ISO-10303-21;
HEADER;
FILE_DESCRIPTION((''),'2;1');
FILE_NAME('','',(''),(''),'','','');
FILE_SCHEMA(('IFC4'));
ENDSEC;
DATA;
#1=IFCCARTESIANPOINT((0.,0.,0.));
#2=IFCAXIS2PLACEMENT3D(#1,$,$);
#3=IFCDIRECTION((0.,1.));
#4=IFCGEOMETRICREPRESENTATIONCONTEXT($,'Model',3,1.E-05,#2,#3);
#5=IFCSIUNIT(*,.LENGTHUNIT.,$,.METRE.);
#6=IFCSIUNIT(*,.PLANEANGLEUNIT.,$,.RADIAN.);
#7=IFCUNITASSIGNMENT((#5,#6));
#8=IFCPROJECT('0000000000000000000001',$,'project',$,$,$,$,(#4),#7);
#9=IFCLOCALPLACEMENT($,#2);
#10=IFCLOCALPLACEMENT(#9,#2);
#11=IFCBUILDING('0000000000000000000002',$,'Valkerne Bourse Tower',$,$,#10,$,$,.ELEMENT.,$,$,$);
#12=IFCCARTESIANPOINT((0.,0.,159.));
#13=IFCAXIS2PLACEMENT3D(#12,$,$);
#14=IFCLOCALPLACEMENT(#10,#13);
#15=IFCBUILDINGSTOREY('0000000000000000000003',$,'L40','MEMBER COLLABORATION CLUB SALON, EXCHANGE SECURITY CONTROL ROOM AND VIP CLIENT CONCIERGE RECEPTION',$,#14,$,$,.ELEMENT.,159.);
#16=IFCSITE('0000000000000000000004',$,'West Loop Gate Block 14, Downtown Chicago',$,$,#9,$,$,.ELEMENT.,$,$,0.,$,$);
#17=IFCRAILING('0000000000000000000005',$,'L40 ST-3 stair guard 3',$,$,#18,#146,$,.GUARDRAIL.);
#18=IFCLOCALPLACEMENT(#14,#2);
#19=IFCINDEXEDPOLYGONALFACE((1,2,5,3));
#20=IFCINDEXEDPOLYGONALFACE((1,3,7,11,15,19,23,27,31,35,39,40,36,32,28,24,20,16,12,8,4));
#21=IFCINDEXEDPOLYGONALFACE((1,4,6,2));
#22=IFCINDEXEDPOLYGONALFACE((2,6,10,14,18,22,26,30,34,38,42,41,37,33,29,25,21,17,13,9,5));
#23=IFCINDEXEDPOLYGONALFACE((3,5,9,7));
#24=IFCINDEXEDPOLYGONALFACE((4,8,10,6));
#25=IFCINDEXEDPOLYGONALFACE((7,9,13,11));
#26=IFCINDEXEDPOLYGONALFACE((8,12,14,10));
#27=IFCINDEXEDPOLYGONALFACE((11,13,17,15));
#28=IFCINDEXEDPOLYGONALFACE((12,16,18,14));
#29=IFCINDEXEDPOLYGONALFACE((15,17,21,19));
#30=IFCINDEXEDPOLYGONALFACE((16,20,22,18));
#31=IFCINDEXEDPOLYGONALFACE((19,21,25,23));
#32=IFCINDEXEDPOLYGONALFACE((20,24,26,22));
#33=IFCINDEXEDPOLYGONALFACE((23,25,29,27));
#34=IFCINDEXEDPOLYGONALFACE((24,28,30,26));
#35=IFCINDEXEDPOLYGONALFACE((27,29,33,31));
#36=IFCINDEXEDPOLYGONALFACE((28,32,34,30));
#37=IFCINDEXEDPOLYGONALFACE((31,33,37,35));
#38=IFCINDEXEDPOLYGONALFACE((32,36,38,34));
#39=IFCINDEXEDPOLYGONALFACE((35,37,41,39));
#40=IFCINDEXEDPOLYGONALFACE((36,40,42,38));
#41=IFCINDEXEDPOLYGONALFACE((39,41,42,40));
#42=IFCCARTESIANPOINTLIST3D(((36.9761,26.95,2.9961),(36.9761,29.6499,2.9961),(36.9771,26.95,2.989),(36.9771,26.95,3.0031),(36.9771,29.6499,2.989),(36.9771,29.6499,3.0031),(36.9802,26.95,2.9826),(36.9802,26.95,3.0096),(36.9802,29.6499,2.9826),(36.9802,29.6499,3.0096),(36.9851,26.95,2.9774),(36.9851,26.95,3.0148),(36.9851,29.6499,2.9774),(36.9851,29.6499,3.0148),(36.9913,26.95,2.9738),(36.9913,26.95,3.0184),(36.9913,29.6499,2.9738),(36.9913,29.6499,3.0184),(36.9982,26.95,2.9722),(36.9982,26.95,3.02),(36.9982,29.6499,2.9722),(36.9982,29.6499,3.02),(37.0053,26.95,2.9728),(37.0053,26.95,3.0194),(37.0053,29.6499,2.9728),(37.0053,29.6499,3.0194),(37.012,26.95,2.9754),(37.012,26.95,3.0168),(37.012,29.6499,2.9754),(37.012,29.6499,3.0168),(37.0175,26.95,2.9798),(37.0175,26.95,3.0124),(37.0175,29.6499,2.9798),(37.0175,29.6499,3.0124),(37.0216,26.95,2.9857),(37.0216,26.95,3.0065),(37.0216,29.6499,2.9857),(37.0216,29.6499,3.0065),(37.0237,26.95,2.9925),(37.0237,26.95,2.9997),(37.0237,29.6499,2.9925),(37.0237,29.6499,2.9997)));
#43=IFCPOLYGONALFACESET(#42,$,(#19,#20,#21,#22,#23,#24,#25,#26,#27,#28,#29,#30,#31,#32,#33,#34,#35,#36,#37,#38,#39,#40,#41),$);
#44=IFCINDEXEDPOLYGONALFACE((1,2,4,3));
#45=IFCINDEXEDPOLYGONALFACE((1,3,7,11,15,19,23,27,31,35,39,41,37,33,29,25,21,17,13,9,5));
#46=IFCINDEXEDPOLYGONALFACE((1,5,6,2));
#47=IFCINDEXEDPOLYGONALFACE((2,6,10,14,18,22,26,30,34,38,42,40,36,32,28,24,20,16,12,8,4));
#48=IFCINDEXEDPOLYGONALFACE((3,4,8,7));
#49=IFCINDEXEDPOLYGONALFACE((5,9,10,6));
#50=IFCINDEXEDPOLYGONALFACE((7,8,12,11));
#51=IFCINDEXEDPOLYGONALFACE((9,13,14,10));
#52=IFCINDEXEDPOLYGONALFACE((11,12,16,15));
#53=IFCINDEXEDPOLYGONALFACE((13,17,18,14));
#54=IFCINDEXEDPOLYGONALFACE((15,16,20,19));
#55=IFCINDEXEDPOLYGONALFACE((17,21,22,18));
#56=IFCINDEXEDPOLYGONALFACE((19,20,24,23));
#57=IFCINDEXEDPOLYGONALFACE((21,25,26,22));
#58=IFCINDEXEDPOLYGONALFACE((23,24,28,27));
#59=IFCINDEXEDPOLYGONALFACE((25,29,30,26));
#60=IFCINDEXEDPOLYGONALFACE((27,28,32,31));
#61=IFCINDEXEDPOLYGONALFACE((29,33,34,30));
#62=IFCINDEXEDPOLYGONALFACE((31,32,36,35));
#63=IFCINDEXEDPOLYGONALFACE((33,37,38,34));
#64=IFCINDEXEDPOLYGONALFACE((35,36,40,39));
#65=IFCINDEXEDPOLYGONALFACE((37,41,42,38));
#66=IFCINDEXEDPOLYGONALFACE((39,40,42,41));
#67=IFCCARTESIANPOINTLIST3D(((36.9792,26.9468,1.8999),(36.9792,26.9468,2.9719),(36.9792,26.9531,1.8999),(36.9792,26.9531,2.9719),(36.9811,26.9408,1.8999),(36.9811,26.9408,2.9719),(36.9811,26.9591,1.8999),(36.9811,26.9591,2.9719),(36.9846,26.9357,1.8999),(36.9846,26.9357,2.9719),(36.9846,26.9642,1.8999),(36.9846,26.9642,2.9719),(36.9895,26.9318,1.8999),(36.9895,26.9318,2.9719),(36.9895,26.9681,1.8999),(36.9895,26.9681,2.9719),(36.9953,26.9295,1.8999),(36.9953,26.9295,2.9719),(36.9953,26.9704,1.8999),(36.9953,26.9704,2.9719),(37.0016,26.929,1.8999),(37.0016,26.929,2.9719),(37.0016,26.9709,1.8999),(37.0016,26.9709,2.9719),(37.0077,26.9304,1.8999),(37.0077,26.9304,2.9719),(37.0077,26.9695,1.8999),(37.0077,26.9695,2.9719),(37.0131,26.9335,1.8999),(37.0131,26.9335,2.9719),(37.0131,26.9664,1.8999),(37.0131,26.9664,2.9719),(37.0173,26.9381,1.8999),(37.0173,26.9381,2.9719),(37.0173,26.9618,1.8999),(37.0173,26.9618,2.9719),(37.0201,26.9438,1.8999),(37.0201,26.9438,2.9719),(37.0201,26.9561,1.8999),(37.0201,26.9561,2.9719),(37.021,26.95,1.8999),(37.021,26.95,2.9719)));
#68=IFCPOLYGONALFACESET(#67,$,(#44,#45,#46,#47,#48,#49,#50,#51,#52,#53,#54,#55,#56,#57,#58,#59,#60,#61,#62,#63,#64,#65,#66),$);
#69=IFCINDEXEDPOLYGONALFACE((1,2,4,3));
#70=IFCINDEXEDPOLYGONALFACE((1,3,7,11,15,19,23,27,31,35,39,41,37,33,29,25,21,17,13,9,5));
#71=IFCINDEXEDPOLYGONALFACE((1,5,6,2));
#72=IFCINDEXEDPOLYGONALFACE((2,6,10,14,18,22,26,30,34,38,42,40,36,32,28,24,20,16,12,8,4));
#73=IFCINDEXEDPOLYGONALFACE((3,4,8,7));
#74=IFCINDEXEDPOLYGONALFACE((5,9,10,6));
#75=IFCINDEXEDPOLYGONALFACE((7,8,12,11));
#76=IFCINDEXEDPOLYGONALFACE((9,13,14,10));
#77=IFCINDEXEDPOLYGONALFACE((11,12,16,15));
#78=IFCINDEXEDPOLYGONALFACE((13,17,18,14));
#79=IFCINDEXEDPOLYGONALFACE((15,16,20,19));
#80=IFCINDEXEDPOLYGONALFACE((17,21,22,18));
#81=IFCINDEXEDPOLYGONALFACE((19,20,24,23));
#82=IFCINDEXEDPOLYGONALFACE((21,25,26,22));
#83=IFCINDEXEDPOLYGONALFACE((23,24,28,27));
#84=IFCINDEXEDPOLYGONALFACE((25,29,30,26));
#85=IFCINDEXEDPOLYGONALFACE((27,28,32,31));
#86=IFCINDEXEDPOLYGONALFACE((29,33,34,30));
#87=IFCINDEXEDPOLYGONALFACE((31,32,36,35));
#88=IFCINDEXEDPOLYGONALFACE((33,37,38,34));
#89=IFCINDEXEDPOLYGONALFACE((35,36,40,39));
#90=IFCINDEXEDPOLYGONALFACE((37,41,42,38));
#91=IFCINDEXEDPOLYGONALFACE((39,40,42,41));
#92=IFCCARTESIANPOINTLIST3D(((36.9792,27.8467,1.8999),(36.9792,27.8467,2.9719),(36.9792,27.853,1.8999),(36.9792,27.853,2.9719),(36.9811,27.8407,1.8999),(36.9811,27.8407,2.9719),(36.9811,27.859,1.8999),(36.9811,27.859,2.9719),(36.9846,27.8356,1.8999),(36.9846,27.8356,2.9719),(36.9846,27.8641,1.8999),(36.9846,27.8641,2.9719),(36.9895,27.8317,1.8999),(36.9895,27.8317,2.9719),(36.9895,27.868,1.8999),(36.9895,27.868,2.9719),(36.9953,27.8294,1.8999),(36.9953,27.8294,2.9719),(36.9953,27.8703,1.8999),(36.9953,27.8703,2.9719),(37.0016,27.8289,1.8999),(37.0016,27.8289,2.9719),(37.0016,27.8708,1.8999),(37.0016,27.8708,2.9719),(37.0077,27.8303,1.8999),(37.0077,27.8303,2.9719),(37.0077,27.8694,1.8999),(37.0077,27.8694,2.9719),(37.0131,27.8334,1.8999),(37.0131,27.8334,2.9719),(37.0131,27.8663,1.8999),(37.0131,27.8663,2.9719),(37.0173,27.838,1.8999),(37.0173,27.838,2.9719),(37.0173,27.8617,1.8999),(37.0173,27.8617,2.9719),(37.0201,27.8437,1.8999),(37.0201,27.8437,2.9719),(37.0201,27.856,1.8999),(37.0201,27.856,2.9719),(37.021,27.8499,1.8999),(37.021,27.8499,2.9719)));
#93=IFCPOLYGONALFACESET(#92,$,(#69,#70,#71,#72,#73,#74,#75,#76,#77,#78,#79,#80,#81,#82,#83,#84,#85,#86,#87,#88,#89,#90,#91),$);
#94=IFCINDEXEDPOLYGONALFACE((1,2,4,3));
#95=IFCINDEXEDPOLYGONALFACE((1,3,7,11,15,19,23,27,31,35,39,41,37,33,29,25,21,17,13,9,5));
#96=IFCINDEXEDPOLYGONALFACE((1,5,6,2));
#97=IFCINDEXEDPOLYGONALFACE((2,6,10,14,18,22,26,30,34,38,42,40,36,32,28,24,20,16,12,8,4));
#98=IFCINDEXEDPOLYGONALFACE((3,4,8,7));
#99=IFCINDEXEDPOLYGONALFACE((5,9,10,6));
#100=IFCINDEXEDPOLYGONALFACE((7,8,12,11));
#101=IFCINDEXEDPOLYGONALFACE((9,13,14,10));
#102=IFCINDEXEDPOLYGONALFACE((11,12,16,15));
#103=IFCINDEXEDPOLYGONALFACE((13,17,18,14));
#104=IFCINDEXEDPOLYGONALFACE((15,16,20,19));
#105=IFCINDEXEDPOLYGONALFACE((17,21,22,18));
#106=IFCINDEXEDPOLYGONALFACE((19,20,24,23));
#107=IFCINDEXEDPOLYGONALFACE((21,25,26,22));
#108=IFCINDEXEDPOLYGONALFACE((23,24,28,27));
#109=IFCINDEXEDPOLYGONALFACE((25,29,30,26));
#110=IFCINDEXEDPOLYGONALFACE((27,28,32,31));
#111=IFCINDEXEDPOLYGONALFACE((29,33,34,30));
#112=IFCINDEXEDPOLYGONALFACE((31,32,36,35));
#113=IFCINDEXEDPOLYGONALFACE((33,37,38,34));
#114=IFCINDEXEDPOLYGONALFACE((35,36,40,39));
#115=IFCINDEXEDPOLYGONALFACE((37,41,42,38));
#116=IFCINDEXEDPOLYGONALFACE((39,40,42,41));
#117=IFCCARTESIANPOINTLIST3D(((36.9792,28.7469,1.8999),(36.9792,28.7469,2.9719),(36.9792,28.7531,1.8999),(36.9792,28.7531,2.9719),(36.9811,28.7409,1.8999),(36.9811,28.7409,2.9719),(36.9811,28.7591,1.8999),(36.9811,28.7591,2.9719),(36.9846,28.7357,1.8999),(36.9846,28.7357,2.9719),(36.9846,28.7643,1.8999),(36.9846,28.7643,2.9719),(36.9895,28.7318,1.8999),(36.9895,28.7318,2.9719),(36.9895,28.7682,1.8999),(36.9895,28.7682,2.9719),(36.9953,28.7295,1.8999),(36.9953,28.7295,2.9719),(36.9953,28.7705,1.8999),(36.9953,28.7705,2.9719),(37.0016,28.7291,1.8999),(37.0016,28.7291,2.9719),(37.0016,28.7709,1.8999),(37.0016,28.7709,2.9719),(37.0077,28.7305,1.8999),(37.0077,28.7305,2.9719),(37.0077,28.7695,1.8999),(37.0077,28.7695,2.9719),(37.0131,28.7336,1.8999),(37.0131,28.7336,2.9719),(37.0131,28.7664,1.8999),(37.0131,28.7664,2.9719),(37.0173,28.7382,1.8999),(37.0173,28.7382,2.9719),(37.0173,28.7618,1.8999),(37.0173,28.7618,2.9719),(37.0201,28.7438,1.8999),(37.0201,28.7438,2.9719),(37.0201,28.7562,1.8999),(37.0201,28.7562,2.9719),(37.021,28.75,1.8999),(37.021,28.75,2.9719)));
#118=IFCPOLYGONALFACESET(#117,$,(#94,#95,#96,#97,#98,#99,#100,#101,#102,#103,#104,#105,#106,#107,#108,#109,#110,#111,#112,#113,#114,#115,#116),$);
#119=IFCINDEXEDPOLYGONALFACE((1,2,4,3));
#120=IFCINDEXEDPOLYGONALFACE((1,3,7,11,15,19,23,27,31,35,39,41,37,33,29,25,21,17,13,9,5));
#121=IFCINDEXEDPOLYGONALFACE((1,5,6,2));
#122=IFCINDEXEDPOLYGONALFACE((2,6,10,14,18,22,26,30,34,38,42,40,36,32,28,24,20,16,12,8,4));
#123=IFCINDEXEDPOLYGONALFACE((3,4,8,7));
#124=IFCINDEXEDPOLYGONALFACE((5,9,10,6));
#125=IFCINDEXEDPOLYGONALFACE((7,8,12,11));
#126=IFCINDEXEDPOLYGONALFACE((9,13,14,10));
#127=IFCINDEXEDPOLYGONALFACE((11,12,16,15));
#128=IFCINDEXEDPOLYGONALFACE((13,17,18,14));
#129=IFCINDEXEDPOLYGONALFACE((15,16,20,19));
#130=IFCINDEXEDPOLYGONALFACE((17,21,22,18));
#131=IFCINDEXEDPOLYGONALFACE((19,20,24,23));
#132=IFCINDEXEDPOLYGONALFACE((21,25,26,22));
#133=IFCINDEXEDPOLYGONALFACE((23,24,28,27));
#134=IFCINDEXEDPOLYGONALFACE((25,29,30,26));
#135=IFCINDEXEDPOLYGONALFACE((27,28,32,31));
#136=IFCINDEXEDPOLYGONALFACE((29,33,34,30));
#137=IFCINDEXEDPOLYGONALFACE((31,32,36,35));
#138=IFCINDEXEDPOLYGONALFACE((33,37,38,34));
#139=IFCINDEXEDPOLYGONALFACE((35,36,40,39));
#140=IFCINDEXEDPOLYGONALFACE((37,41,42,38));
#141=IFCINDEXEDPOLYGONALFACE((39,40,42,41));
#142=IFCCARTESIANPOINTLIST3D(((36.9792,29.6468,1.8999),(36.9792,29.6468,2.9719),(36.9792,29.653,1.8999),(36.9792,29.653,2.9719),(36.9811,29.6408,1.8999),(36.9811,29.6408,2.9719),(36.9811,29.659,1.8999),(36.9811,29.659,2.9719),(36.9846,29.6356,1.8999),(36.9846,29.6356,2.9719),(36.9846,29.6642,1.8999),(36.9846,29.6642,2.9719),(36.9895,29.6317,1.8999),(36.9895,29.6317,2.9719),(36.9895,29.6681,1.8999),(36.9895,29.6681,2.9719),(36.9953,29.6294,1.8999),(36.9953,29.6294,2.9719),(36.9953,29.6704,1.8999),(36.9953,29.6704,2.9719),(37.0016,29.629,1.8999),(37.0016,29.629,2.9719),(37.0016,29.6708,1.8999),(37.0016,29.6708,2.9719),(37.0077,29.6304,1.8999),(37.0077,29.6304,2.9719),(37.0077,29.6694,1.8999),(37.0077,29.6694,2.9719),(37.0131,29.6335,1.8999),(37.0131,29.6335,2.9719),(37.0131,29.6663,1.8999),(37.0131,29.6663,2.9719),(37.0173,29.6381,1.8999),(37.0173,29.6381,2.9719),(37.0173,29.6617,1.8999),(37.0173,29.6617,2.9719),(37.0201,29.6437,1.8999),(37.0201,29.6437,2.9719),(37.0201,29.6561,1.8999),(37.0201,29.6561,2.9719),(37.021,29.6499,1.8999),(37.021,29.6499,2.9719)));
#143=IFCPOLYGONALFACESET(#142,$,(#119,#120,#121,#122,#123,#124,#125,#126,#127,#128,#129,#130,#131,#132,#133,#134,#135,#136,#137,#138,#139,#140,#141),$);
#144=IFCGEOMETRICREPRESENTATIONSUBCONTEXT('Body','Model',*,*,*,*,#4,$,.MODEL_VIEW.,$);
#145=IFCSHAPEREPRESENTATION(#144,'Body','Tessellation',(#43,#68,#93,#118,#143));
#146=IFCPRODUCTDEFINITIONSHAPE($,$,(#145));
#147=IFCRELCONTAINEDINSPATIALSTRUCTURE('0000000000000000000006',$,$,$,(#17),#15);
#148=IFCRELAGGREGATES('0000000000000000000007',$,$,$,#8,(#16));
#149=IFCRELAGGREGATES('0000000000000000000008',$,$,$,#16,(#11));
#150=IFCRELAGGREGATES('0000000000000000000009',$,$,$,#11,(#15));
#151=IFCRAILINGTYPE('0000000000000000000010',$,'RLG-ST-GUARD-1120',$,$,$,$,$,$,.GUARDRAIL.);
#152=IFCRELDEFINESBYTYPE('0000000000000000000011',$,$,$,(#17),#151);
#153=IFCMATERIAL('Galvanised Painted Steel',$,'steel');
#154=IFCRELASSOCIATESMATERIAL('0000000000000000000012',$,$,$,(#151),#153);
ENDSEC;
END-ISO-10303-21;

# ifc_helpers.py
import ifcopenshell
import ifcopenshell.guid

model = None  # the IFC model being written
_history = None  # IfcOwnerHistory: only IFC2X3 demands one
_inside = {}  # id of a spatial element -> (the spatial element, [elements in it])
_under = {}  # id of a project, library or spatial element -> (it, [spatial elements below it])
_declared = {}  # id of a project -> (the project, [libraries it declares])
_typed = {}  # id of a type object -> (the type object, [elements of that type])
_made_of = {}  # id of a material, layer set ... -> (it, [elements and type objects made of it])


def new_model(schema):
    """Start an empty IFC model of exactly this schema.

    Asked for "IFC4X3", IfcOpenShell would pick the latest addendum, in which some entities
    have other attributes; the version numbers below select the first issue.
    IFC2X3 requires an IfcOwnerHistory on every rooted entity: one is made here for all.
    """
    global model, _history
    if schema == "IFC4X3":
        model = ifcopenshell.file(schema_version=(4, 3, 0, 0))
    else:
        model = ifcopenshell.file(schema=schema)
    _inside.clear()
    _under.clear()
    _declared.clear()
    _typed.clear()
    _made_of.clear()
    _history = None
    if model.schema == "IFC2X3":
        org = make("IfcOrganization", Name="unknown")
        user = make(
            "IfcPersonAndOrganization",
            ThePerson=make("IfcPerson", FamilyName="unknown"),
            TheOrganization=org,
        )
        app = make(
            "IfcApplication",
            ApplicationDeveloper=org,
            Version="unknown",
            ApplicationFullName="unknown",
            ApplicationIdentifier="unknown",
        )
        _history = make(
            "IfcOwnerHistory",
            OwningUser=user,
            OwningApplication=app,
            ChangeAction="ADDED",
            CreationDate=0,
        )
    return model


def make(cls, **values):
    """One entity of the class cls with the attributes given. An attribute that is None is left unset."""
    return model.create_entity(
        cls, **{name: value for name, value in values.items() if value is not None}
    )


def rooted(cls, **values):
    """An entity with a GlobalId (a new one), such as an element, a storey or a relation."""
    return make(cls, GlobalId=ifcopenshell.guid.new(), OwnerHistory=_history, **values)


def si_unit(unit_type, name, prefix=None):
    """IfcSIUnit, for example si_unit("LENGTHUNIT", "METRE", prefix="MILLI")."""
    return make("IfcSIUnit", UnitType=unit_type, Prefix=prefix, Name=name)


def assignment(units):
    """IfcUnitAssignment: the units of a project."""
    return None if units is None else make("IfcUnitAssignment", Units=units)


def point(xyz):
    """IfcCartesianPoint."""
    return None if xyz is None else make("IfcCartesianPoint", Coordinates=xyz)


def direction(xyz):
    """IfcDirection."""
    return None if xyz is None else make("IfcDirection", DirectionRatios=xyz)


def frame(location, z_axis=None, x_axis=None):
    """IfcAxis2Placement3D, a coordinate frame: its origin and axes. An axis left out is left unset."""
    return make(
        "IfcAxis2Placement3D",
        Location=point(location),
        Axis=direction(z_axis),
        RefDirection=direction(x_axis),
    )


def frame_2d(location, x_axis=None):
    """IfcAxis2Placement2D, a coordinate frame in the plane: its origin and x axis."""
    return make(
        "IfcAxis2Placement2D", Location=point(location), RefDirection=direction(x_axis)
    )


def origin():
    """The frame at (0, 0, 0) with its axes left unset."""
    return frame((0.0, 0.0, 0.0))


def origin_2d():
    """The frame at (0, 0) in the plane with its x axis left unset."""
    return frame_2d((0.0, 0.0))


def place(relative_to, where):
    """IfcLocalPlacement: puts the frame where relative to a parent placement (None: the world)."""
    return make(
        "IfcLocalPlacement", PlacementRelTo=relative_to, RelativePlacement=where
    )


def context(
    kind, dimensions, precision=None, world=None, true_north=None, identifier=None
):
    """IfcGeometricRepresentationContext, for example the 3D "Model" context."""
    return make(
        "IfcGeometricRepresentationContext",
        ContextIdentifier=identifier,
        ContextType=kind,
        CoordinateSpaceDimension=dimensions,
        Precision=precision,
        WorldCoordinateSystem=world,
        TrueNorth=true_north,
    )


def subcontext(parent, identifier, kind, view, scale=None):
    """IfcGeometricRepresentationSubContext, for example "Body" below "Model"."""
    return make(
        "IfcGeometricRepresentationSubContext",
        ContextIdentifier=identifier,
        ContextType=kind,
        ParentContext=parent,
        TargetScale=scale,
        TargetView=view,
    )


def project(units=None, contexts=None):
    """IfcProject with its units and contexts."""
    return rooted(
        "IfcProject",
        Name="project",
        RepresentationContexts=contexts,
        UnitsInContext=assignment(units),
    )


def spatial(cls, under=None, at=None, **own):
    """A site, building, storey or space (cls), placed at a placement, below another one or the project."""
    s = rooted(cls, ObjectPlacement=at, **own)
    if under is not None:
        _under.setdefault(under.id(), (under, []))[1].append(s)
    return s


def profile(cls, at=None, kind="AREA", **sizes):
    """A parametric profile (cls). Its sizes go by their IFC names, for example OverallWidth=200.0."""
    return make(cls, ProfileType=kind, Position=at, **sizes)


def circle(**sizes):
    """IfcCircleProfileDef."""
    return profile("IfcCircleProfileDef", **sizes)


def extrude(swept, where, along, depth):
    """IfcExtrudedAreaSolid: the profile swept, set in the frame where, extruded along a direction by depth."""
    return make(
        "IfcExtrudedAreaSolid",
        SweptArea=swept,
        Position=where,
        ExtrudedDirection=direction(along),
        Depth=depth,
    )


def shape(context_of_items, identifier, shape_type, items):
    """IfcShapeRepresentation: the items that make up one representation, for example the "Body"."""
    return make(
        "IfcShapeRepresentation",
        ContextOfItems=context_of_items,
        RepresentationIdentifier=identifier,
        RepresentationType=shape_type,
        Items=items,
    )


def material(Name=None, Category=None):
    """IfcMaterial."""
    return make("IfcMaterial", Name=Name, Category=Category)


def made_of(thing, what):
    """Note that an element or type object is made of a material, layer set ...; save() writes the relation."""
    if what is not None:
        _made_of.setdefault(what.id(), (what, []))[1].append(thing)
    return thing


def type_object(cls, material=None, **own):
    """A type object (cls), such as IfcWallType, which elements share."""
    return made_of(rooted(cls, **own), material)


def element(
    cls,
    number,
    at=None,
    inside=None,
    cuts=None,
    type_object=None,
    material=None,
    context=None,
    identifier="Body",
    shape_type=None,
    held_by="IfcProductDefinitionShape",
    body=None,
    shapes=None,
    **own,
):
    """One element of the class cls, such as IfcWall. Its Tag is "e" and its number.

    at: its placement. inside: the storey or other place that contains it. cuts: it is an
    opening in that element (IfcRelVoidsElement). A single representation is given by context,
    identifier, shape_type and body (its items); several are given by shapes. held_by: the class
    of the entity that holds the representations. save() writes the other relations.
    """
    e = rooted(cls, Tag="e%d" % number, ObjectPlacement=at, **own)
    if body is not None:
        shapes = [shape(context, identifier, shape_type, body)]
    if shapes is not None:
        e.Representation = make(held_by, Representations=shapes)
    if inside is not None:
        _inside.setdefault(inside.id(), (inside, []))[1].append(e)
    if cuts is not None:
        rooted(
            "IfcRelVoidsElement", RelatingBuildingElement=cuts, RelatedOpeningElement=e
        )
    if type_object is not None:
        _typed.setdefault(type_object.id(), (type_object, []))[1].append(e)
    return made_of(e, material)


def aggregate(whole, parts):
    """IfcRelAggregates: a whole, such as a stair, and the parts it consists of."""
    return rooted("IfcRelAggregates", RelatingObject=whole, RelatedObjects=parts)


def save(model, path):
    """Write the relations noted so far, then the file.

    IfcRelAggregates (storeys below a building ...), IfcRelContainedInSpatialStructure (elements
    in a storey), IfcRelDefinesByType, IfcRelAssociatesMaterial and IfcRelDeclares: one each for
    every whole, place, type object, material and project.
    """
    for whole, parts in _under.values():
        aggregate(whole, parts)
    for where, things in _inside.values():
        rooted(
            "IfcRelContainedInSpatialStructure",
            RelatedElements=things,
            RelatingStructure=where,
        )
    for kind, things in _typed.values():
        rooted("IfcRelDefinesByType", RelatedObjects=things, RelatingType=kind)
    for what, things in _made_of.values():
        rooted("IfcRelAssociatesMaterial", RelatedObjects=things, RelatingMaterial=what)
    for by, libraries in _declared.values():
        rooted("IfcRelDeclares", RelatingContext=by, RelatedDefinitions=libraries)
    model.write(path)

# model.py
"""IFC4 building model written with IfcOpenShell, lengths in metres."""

from ifc_helpers import new_model, si_unit, direction, frame, origin, origin_2d, place, context, subcontext, project, spatial, circle, extrude, material, type_object, element, save


model = new_model("IFC4")

# Units and contexts
model_context = context("Model", 3, precision=1e-05, world=origin(), true_north=direction((0.0, 1.0)))
body_context = subcontext(model_context, "Body", "Model", "MODEL_VIEW")
ifc_project = project(units=[si_unit("LENGTHUNIT", "METRE"), si_unit("PLANEANGLEUNIT", "RADIAN")], contexts=[model_context])

# Site, building, storey
site_placement = place(None, origin())
site = spatial("IfcSite", under=ifc_project, at=site_placement, Name="West Loop Gate Block 14, Downtown Chicago", CompositionType="ELEMENT", RefElevation=0.0)
building_placement = place(site_placement, origin())
building = spatial("IfcBuilding", under=site, at=building_placement, Name="Valkerne Bourse Tower", CompositionType="ELEMENT")
storey_placement = place(building_placement, frame((0.0, 0.0, 159.0)))
storey = spatial("IfcBuildingStorey", under=building, at=storey_placement, Name="L40", Description="MEMBER COLLABORATION CLUB SALON, EXCHANGE SECURITY CONTROL ROOM AND VIP CLIENT CONCIERGE RECEPTION", CompositionType="ELEMENT", Elevation=159.0)

# Railing
ifc_material_1 = material(Name="Galvanised Painted Steel", Category="steel")
railing_type_1 = type_object("IfcRailingType", Name="RLG-ST-GUARD-1120", PredefinedType="GUARDRAIL", material=ifc_material_1)
for number, where, name in (
    (1, (37.0, 26.95, 1.8999), "L40 ST-3 stair guard 3"),
):
    element("IfcRailing", number, at=place(storey_placement, frame(where)), inside=storey, type_object=railing_type_1, Name=name, PredefinedType="GUARDRAIL", context=body_context, shape_type="SweptSolid", body=[
        extrude(circle(Radius=0.0239, at=origin_2d()), frame((0.0, 0.0, 1.0962), z_axis=(0.0, 1.0, 0.0), x_axis=(-1.0, 0.0, 0.0)), (0.0, 0.0, 1.0), 2.7),
        extrude(circle(Radius=0.021, at=origin_2d()), origin(), (0.0, 0.0, 1.0), 1.072),
        extrude(circle(Radius=0.021, at=origin_2d()), frame((0.0, 0.8999, 0.0)), (0.0, 0.0, 1.0), 1.072),
        extrude(circle(Radius=0.021, at=origin_2d()), frame((0.0, 1.8, 0.0)), (0.0, 0.0, 1.0), 1.072),
        extrude(circle(Radius=0.021, at=origin_2d()), frame((0.0, 2.7, 0.0)), (0.0, 0.0, 1.0), 1.072),
    ])

save(model, "model.ifc")
